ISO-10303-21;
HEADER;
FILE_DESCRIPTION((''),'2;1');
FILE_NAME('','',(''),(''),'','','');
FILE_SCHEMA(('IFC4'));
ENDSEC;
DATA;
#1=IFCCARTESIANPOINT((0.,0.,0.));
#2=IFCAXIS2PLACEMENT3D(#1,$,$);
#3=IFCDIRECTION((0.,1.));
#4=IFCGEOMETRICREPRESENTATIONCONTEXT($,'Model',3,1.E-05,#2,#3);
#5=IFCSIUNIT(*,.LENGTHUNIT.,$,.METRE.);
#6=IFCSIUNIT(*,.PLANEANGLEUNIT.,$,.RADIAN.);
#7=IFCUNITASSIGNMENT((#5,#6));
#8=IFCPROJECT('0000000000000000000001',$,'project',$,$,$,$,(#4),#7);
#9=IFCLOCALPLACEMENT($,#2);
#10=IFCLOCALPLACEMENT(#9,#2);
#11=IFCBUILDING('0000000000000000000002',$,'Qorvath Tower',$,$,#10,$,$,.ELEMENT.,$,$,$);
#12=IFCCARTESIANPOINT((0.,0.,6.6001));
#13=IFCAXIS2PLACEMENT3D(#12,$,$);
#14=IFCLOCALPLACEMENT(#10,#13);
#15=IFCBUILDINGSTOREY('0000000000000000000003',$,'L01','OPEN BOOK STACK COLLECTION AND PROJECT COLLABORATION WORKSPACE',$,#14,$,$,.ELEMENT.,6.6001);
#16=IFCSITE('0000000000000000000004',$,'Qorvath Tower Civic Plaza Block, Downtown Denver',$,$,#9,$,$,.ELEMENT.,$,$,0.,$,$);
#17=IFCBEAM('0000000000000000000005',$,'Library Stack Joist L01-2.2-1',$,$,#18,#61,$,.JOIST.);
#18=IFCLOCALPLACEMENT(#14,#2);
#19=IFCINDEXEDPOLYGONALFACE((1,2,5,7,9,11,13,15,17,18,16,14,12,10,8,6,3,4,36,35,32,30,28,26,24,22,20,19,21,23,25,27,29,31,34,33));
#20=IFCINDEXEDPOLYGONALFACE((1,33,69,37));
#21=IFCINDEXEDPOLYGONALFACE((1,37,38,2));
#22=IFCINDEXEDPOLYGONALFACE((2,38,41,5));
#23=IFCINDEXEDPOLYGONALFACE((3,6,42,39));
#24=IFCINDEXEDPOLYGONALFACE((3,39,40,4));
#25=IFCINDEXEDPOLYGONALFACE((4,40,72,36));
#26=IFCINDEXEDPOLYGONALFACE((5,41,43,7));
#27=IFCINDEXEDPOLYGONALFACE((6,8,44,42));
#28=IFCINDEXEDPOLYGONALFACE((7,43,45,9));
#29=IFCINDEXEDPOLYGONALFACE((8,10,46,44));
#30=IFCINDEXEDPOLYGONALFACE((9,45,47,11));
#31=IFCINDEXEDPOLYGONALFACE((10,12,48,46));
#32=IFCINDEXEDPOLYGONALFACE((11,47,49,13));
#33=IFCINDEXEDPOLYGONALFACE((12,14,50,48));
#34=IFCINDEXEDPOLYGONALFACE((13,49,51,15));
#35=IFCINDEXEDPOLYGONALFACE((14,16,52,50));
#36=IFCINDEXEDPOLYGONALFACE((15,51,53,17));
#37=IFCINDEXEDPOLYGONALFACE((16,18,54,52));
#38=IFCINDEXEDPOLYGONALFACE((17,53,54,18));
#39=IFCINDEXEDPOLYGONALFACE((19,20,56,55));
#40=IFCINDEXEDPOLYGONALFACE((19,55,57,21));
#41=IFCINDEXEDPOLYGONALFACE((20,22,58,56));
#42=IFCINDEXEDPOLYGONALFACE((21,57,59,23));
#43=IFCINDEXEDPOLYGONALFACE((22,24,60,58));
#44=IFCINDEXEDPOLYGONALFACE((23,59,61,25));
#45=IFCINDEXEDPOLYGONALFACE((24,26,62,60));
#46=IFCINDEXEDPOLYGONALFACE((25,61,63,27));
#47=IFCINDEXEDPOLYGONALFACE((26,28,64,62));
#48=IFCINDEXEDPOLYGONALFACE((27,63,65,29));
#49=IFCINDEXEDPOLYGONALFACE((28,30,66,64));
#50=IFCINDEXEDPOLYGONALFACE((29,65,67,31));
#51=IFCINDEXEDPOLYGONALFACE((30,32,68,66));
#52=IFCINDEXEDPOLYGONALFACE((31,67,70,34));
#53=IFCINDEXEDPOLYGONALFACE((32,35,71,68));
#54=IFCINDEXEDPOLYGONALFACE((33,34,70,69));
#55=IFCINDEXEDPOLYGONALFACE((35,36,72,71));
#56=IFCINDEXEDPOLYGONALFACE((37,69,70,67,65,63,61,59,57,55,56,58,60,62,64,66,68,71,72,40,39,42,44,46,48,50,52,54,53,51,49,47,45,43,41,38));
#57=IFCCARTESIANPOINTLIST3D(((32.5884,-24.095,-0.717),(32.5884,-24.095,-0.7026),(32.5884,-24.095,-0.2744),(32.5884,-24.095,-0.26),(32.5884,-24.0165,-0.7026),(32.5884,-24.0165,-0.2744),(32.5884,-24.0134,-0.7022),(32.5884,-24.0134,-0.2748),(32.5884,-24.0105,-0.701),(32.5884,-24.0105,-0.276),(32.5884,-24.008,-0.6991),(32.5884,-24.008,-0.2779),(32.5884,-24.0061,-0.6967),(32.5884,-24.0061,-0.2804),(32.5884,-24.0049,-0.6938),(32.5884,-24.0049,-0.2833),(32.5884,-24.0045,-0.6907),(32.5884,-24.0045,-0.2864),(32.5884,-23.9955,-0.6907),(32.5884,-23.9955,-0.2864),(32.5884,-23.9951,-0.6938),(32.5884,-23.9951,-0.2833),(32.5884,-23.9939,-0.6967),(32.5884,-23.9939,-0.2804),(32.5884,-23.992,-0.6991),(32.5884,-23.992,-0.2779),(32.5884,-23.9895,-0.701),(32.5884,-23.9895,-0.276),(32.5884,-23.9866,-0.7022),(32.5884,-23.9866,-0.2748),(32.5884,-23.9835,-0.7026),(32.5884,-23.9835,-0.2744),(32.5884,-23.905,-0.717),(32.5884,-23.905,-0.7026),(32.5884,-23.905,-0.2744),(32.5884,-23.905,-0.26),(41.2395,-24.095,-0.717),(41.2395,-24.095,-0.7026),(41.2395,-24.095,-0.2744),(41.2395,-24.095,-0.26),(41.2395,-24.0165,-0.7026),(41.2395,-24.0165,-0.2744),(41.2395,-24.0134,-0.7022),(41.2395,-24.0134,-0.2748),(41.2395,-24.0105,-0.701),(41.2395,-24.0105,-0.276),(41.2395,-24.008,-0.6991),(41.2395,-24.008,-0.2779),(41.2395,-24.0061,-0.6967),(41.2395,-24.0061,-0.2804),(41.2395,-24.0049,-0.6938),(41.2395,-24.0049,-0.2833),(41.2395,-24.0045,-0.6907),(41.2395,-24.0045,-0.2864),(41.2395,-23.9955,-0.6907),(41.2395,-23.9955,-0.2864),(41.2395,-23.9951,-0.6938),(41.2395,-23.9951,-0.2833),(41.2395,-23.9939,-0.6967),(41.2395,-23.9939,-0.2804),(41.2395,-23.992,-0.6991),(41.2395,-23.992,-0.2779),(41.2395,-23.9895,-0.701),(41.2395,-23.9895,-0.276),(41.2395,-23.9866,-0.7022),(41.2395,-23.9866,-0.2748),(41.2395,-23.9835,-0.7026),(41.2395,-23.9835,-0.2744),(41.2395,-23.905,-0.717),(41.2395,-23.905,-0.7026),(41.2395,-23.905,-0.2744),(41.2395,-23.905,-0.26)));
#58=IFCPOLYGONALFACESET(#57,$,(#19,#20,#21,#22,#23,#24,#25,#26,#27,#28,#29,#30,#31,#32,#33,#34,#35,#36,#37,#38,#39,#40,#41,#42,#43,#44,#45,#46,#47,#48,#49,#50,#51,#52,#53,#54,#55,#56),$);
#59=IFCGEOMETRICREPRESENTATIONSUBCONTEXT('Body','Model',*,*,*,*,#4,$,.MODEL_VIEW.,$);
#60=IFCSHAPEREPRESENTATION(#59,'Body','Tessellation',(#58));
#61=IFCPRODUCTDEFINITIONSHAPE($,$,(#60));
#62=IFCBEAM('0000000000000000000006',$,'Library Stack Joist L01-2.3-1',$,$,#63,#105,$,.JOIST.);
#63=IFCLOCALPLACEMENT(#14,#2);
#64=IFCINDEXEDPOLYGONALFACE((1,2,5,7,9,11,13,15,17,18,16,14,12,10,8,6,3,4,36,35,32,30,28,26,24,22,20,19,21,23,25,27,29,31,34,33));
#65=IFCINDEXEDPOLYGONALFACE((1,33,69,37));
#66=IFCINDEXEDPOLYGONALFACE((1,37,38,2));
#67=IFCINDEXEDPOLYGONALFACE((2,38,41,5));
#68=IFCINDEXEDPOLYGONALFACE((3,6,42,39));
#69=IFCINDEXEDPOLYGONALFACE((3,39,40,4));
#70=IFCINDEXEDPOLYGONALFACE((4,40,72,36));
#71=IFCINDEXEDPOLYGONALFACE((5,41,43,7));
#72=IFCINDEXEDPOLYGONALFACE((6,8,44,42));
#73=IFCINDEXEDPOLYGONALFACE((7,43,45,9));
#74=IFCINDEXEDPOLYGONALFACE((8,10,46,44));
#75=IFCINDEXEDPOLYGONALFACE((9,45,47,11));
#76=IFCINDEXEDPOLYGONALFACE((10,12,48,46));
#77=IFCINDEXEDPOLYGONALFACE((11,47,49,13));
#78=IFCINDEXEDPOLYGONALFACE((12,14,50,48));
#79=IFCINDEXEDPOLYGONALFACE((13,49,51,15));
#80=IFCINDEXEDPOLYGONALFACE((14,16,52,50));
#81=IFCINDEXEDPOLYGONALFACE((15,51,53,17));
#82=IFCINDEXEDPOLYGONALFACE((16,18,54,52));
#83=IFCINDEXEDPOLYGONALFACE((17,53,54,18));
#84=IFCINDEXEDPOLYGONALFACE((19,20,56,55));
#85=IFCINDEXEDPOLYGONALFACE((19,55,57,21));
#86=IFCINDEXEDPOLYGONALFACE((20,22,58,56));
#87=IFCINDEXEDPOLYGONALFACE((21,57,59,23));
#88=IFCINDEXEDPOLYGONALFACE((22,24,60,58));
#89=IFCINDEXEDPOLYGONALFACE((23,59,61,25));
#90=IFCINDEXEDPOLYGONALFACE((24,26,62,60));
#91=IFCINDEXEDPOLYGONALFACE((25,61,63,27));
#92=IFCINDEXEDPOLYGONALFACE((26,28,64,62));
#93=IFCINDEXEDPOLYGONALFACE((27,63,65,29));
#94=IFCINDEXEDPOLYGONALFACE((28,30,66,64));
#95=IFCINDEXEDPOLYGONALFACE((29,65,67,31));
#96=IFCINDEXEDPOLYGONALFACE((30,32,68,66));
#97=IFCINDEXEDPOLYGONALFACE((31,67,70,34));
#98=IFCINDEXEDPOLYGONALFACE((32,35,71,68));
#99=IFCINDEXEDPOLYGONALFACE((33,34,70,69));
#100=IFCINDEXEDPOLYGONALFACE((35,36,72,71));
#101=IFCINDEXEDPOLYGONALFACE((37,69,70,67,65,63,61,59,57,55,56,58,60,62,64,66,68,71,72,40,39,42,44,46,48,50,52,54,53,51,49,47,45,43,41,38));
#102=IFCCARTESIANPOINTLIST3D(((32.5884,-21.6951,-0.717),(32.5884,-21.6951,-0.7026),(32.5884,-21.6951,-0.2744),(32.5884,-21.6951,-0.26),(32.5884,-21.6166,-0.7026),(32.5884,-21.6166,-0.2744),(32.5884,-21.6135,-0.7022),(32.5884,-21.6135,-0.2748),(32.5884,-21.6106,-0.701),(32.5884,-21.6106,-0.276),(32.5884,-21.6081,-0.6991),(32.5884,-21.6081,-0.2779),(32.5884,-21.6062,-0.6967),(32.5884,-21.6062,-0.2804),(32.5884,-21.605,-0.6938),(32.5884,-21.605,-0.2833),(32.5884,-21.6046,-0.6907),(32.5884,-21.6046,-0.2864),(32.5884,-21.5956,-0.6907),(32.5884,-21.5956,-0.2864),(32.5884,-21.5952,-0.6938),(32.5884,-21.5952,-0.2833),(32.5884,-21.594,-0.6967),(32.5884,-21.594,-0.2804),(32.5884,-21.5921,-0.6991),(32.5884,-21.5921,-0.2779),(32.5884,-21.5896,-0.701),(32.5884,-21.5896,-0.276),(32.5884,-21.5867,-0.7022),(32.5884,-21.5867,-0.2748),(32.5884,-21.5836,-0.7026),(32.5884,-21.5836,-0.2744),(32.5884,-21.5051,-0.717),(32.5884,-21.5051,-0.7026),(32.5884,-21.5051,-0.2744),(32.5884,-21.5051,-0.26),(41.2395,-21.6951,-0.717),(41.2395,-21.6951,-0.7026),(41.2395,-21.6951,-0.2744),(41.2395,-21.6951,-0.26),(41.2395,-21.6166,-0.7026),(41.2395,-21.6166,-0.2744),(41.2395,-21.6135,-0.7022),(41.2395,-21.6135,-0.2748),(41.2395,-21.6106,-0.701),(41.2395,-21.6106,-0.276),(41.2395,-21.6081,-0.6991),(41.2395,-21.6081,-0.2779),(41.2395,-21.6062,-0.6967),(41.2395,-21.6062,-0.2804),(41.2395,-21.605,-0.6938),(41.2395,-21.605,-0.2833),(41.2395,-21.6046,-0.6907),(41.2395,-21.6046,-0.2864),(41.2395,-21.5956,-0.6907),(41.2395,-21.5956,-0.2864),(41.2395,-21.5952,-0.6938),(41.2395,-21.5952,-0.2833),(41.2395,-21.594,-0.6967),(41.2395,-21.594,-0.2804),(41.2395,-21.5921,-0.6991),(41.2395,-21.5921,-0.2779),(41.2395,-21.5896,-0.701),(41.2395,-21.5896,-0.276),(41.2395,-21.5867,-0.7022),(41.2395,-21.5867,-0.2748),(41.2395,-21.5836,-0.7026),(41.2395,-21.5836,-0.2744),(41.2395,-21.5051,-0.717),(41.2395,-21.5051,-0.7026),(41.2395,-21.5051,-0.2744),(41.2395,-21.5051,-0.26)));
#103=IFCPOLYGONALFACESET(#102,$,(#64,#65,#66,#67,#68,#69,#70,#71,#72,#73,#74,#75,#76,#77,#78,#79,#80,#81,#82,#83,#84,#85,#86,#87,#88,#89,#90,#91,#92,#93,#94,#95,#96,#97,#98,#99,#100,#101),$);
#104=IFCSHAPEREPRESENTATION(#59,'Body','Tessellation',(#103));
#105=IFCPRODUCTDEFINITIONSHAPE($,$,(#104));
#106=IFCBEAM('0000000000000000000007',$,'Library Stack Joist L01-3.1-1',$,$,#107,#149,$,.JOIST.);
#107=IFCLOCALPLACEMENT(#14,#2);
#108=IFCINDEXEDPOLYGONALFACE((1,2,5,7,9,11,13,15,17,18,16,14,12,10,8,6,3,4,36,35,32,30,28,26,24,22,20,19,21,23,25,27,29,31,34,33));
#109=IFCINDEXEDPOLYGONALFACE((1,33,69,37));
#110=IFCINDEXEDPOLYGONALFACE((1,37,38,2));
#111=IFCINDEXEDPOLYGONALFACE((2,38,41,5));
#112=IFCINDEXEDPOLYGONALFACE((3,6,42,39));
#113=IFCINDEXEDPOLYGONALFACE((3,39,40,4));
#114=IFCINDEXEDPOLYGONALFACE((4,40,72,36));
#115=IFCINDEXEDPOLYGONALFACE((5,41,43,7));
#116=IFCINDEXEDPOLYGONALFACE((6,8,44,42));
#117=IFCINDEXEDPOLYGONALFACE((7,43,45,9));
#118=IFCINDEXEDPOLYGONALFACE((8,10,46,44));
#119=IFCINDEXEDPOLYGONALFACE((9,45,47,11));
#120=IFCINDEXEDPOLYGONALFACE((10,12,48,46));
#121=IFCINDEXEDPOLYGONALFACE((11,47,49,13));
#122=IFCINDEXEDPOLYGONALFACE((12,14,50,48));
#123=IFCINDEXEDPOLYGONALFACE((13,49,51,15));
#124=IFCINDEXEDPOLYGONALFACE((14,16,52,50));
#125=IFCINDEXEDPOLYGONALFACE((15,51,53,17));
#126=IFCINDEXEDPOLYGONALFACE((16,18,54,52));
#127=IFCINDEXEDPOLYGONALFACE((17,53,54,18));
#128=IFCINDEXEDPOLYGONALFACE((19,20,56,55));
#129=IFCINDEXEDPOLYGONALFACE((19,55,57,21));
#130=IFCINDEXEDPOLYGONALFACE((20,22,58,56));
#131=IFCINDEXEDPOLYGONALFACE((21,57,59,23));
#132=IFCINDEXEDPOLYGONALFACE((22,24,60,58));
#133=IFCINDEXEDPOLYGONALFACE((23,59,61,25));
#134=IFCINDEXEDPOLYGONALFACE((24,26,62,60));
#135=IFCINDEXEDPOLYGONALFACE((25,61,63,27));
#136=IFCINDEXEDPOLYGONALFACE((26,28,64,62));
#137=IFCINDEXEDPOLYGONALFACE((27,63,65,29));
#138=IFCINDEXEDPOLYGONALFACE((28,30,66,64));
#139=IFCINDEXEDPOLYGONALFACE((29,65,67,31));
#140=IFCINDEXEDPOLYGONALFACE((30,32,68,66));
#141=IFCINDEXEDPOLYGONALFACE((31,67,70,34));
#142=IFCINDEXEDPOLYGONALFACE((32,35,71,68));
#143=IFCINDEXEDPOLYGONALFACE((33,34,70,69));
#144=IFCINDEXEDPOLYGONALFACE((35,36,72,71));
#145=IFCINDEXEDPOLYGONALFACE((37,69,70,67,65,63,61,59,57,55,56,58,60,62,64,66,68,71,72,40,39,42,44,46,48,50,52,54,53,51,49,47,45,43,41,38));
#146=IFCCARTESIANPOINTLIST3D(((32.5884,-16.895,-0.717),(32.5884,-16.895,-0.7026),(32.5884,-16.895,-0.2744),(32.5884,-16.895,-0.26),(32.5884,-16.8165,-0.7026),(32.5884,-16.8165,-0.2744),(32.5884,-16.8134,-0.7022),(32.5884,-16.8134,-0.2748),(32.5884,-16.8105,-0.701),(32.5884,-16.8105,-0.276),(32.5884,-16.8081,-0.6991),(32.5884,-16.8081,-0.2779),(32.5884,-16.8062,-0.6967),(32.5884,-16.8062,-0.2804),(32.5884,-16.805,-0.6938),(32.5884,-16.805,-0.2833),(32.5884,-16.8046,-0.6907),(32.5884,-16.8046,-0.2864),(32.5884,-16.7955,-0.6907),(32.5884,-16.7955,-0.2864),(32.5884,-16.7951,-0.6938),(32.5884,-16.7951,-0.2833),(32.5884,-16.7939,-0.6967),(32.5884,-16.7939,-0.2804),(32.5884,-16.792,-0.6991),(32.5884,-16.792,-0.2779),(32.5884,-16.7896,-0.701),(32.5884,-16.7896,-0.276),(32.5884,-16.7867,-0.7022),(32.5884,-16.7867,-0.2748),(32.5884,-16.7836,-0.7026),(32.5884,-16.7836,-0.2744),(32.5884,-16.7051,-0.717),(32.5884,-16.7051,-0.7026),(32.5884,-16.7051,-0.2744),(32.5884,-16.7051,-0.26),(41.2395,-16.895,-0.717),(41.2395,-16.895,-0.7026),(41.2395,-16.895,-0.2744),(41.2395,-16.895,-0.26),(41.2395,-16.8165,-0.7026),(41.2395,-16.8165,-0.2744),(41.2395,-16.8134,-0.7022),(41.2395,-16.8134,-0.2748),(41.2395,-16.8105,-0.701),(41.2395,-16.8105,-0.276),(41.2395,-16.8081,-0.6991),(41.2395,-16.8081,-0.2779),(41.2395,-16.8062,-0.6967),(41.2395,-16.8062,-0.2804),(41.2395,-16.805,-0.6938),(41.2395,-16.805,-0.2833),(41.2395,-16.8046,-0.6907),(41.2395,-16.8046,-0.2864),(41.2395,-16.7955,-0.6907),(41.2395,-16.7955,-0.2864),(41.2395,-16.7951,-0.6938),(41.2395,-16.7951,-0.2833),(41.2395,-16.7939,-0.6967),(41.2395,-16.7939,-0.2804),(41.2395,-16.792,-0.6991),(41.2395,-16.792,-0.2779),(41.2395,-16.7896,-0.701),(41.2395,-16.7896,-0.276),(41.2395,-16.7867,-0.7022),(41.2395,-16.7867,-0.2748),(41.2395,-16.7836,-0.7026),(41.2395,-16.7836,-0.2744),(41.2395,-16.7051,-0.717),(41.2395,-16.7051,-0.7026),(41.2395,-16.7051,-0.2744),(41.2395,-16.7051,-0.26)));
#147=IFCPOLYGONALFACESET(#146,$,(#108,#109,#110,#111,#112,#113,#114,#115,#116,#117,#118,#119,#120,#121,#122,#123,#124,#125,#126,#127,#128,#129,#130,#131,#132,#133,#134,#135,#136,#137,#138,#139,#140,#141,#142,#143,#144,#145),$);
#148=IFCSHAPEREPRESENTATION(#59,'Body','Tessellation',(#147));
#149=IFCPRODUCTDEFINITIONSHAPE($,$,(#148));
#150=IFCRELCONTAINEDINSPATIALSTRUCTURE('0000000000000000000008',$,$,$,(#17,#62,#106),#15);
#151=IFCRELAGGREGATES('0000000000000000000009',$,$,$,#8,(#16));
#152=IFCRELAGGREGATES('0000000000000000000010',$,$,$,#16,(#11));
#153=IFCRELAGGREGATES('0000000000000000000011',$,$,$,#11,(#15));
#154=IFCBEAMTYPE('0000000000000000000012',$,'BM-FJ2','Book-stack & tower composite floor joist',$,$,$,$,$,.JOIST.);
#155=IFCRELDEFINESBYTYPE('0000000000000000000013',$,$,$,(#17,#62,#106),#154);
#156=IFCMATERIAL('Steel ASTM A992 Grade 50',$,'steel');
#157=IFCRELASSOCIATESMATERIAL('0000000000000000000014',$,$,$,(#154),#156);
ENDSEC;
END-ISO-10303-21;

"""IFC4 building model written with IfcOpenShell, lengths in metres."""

from ifc_helpers import new_model, si_unit, direction, frame, origin, origin_2d, place, context, subcontext, project, spatial, i_section, extrude, material, material_profile, profile_set, type_object, element, save


model = new_model("IFC4")

# Units and contexts
model_context = context("Model", 3, precision=1e-05, world=origin(), true_north=direction((0.0, 1.0)))
body_context = subcontext(model_context, "Body", "Model", "MODEL_VIEW")
ifc_project = project(units=[si_unit("LENGTHUNIT", "METRE"), si_unit("PLANEANGLEUNIT", "RADIAN")], contexts=[model_context])

# Site, building, storey
site_placement = place(None, origin())
site = spatial("IfcSite", under=ifc_project, at=site_placement, Name="Qorvath Tower Civic Plaza Block, Downtown Denver", CompositionType="ELEMENT", RefElevation=0.0)
building_placement = place(site_placement, origin())
building = spatial("IfcBuilding", under=site, at=building_placement, Name="Qorvath Tower", CompositionType="ELEMENT")
storey_placement = place(building_placement, frame((0.0, 0.0, 6.6001)))
storey = spatial("IfcBuildingStorey", under=building, at=storey_placement, Name="L01", Description="OPEN BOOK STACK COLLECTION AND PROJECT COLLABORATION WORKSPACE", CompositionType="ELEMENT", Elevation=6.6001)

# Beams
ifc_material_1 = material(Name="Steel ASTM A992 Grade 50", Category="steel")
ifc_material_profile_1 = material_profile(ifc_material_1, i_section(OverallWidth=0.1899, OverallDepth=0.457, WebThickness=0.009, FlangeThickness=0.0144, FilletRadius=0.012, at=origin_2d()), Name="W18x50")
ifc_profile_set_1 = profile_set([ifc_material_profile_1], Name="Steel ASTM A992 Grade 50")
beam_type_1 = type_object("IfcBeamType", Name="BM-FJ2", Description="Book-stack & tower composite floor joist", PredefinedType="JOIST", material=ifc_profile_set_1)
for number, where, z_axis, x_axis, name in (
    (1, (32.5884, -24.0, -0.4885), (1.0, 0.0, 0.0), (0.0, 1.0, 0.0), "Library Stack Joist L01-2.2-1"),
    (2, (32.5884, -21.6001, -0.4885), (1.0, 0.0, 0.0), (0.0, 1.0, 0.0), "Library Stack Joist L01-2.3-1"),
    (3, (32.5884, -16.8, -0.4885), (1.0, 0.0, 0.0), (0.0, 1.0, 0.0), "Library Stack Joist L01-3.1-1"),
):
    element("IfcBeam", number, at=place(storey_placement, frame(where, z_axis=z_axis, x_axis=x_axis)), inside=storey, type_object=beam_type_1, Name=name, PredefinedType="JOIST", context=body_context, shape_type="SweptSolid", body=[
        extrude(i_section(OverallWidth=0.1899, OverallDepth=0.457, WebThickness=0.009, FlangeThickness=0.0144, FilletRadius=0.012, at=origin_2d()), origin(), (0.0, 0.0, 1.0), 8.6511),
    ])

save(model, "model.ifc")
